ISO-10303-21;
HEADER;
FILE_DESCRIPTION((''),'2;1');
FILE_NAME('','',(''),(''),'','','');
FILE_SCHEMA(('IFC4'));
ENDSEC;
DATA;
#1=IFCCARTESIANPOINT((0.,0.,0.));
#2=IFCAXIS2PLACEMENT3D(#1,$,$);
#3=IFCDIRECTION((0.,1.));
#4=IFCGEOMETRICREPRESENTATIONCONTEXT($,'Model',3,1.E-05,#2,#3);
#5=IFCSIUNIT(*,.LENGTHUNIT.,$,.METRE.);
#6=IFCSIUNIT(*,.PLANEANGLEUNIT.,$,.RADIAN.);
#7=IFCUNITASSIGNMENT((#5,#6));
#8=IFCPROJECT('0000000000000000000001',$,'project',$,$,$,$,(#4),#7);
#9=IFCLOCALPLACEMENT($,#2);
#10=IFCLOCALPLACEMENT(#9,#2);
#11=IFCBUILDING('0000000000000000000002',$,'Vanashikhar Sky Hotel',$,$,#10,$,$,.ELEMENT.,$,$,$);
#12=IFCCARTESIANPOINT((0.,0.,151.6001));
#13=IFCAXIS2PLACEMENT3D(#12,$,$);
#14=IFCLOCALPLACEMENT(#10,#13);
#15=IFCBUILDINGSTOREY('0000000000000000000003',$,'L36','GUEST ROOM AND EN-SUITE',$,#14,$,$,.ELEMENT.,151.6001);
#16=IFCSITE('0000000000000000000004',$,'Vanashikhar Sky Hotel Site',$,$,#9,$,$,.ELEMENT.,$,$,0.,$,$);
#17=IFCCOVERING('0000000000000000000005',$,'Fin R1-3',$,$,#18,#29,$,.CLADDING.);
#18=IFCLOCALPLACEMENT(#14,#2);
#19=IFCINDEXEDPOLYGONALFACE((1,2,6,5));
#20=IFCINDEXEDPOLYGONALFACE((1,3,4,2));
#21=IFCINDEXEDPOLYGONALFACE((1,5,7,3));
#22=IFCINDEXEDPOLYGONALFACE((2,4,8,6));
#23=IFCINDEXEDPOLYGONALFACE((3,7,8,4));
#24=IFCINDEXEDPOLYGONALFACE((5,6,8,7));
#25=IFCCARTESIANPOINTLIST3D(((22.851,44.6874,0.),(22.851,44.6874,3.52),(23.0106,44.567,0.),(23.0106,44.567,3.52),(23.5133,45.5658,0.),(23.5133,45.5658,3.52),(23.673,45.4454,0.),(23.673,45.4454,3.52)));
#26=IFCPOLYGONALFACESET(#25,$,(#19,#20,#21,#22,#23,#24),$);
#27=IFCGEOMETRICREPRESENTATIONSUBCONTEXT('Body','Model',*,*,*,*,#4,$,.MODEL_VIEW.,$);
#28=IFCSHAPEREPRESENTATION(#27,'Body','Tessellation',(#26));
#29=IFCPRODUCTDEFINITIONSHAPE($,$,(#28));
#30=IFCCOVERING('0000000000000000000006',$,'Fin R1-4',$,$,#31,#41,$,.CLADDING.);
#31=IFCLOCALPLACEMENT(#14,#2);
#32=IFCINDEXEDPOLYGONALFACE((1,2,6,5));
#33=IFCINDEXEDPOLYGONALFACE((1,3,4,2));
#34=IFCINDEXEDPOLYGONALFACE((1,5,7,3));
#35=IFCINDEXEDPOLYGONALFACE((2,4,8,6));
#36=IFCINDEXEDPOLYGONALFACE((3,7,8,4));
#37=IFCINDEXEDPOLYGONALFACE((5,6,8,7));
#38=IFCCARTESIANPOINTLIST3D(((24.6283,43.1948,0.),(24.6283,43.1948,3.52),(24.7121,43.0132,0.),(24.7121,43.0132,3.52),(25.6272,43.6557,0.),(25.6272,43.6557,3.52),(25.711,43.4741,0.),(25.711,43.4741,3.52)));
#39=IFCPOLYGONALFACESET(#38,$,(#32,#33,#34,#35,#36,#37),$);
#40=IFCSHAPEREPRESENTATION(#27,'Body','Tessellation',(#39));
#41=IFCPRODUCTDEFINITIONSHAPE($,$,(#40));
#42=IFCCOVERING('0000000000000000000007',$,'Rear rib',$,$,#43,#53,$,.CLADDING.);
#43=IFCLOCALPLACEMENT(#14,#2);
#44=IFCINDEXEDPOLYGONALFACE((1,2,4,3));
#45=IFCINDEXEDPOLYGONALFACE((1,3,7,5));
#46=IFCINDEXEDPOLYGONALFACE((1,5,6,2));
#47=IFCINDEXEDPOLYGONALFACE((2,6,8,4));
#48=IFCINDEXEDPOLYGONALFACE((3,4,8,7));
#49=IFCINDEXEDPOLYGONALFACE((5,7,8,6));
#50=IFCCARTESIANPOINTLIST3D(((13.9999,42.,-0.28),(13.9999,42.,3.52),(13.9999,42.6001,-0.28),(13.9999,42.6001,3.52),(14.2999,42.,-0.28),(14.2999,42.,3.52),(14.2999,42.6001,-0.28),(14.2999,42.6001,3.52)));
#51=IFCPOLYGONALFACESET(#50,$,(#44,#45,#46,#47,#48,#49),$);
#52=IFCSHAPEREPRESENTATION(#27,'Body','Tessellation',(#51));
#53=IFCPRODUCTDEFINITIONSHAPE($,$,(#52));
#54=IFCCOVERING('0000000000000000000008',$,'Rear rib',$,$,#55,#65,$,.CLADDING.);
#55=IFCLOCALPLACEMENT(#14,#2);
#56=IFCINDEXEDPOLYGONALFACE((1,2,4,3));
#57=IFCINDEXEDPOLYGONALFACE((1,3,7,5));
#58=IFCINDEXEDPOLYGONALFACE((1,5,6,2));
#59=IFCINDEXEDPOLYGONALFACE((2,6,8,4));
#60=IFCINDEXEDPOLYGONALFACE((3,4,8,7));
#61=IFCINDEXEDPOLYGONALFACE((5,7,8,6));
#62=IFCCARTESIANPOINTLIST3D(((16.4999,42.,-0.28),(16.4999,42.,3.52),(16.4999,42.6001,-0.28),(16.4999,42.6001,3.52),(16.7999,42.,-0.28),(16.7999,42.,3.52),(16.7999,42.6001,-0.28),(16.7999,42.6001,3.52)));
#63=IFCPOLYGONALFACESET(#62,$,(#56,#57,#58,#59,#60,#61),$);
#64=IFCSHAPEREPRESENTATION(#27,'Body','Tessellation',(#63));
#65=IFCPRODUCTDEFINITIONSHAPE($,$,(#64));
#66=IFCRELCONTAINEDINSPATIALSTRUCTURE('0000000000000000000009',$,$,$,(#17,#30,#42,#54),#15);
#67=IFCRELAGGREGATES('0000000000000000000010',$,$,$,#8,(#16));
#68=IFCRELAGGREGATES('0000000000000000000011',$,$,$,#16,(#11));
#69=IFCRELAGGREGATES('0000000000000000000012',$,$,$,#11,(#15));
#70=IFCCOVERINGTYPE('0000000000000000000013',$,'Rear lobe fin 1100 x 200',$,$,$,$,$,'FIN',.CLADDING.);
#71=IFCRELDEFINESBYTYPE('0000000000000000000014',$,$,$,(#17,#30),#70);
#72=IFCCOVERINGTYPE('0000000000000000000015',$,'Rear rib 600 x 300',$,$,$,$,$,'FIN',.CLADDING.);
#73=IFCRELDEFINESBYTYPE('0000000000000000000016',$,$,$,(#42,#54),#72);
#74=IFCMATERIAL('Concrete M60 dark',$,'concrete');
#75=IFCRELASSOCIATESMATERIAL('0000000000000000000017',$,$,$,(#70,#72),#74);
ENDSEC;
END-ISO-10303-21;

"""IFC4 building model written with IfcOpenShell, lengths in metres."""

from ifc_helpers import new_model, si_unit, direction, frame, origin, origin_2d, place, context, subcontext, project, spatial, rectangle, extrude, source, transform, mapped, material, material_profile, profile_set, type_object, element, save


model = new_model("IFC4")

# Units and contexts
model_context = context("Model", 3, precision=1e-05, world=origin(), true_north=direction((0.0, 1.0)))
body_context = subcontext(model_context, "Body", "Model", "MODEL_VIEW")
ifc_project = project(units=[si_unit("LENGTHUNIT", "METRE"), si_unit("PLANEANGLEUNIT", "RADIAN")], contexts=[model_context])

# Site, building, storey
site_placement = place(None, origin())
site = spatial("IfcSite", under=ifc_project, at=site_placement, Name="Vanashikhar Sky Hotel Site", CompositionType="ELEMENT", RefElevation=0.0)
building_placement = place(site_placement, origin())
building = spatial("IfcBuilding", under=site, at=building_placement, Name="Vanashikhar Sky Hotel", CompositionType="ELEMENT")
storey_placement = place(building_placement, frame((0.0, 0.0, 151.6001)))
storey = spatial("IfcBuildingStorey", under=building, at=storey_placement, Name="L36", Description="GUEST ROOM AND EN-SUITE", CompositionType="ELEMENT", Elevation=151.6001)

# Coverings
ifc_material_1 = material(Name="Concrete M60 dark", Category="concrete")
ifc_material_profile_1 = material_profile(ifc_material_1, rectangle(XDim=1.1001, YDim=0.2, at=origin_2d()))
ifc_profile_set_1 = profile_set([ifc_material_profile_1], Name="Rear lobe fin 1100 x 200")
covering_type_1 = type_object("IfcCoveringType", Name="Rear lobe fin 1100 x 200", ElementType="FIN", PredefinedType="CLADDING", material=ifc_profile_set_1)
shared_shape_1 = source(origin(), body_context, "Body", "SweptSolid", [
    extrude(rectangle(XDim=1.1001, YDim=0.2, at=origin_2d()), origin(), (0.0, 0.0, 1.0), 3.52),
])
for number, where, z_axis, x_axis, name in (
    (1, (23.262, 45.0664, 0.0), (0.0, 0.0, 1.0), (0.602066, 0.798446, 0.0), "Fin R1-3"),
    (2, (25.1697, 43.3345, 0.0), (0.0, 0.0, 1.0), (0.908004, 0.418961, 0.0), "Fin R1-4"),
):
    element("IfcCovering", number, at=place(storey_placement, frame(where, z_axis=z_axis, x_axis=x_axis)), inside=storey, type_object=covering_type_1, Name=name, PredefinedType="CLADDING", context=body_context, shape_type="MappedRepresentation", body=[
        mapped(shared_shape_1, transform((0.0, 0.0, 0.0), scale=1.0)),
    ])
ifc_material_profile_2 = material_profile(ifc_material_1, rectangle(XDim=0.6001, YDim=0.3, at=origin_2d()))
ifc_profile_set_2 = profile_set([ifc_material_profile_2], Name="Rear rib 600 x 300")
covering_type_2 = type_object("IfcCoveringType", Name="Rear rib 600 x 300", ElementType="FIN", PredefinedType="CLADDING", material=ifc_profile_set_2)
shared_shape_2 = source(origin(), body_context, "Body", "SweptSolid", [
    extrude(rectangle(XDim=0.6001, YDim=0.3, at=origin_2d()), origin(), (0.0, 0.0, 1.0), 3.8),
])
for number, where, z_axis, x_axis, name in (
    (3, (14.1499, 42.3, -0.28), (0.0, 0.0, 1.0), (0.0, 1.0, 0.0), "Rear rib"),
    (4, (16.6499, 42.3, -0.28), (0.0, 0.0, 1.0), (0.0, 1.0, 0.0), "Rear rib"),
):
    element("IfcCovering", number, at=place(storey_placement, frame(where, z_axis=z_axis, x_axis=x_axis)), inside=storey, type_object=covering_type_2, Name=name, PredefinedType="CLADDING", context=body_context, shape_type="MappedRepresentation", body=[
        mapped(shared_shape_2, transform((0.0, 0.0, 0.0), scale=1.0)),
    ])

save(model, "model.ifc")
